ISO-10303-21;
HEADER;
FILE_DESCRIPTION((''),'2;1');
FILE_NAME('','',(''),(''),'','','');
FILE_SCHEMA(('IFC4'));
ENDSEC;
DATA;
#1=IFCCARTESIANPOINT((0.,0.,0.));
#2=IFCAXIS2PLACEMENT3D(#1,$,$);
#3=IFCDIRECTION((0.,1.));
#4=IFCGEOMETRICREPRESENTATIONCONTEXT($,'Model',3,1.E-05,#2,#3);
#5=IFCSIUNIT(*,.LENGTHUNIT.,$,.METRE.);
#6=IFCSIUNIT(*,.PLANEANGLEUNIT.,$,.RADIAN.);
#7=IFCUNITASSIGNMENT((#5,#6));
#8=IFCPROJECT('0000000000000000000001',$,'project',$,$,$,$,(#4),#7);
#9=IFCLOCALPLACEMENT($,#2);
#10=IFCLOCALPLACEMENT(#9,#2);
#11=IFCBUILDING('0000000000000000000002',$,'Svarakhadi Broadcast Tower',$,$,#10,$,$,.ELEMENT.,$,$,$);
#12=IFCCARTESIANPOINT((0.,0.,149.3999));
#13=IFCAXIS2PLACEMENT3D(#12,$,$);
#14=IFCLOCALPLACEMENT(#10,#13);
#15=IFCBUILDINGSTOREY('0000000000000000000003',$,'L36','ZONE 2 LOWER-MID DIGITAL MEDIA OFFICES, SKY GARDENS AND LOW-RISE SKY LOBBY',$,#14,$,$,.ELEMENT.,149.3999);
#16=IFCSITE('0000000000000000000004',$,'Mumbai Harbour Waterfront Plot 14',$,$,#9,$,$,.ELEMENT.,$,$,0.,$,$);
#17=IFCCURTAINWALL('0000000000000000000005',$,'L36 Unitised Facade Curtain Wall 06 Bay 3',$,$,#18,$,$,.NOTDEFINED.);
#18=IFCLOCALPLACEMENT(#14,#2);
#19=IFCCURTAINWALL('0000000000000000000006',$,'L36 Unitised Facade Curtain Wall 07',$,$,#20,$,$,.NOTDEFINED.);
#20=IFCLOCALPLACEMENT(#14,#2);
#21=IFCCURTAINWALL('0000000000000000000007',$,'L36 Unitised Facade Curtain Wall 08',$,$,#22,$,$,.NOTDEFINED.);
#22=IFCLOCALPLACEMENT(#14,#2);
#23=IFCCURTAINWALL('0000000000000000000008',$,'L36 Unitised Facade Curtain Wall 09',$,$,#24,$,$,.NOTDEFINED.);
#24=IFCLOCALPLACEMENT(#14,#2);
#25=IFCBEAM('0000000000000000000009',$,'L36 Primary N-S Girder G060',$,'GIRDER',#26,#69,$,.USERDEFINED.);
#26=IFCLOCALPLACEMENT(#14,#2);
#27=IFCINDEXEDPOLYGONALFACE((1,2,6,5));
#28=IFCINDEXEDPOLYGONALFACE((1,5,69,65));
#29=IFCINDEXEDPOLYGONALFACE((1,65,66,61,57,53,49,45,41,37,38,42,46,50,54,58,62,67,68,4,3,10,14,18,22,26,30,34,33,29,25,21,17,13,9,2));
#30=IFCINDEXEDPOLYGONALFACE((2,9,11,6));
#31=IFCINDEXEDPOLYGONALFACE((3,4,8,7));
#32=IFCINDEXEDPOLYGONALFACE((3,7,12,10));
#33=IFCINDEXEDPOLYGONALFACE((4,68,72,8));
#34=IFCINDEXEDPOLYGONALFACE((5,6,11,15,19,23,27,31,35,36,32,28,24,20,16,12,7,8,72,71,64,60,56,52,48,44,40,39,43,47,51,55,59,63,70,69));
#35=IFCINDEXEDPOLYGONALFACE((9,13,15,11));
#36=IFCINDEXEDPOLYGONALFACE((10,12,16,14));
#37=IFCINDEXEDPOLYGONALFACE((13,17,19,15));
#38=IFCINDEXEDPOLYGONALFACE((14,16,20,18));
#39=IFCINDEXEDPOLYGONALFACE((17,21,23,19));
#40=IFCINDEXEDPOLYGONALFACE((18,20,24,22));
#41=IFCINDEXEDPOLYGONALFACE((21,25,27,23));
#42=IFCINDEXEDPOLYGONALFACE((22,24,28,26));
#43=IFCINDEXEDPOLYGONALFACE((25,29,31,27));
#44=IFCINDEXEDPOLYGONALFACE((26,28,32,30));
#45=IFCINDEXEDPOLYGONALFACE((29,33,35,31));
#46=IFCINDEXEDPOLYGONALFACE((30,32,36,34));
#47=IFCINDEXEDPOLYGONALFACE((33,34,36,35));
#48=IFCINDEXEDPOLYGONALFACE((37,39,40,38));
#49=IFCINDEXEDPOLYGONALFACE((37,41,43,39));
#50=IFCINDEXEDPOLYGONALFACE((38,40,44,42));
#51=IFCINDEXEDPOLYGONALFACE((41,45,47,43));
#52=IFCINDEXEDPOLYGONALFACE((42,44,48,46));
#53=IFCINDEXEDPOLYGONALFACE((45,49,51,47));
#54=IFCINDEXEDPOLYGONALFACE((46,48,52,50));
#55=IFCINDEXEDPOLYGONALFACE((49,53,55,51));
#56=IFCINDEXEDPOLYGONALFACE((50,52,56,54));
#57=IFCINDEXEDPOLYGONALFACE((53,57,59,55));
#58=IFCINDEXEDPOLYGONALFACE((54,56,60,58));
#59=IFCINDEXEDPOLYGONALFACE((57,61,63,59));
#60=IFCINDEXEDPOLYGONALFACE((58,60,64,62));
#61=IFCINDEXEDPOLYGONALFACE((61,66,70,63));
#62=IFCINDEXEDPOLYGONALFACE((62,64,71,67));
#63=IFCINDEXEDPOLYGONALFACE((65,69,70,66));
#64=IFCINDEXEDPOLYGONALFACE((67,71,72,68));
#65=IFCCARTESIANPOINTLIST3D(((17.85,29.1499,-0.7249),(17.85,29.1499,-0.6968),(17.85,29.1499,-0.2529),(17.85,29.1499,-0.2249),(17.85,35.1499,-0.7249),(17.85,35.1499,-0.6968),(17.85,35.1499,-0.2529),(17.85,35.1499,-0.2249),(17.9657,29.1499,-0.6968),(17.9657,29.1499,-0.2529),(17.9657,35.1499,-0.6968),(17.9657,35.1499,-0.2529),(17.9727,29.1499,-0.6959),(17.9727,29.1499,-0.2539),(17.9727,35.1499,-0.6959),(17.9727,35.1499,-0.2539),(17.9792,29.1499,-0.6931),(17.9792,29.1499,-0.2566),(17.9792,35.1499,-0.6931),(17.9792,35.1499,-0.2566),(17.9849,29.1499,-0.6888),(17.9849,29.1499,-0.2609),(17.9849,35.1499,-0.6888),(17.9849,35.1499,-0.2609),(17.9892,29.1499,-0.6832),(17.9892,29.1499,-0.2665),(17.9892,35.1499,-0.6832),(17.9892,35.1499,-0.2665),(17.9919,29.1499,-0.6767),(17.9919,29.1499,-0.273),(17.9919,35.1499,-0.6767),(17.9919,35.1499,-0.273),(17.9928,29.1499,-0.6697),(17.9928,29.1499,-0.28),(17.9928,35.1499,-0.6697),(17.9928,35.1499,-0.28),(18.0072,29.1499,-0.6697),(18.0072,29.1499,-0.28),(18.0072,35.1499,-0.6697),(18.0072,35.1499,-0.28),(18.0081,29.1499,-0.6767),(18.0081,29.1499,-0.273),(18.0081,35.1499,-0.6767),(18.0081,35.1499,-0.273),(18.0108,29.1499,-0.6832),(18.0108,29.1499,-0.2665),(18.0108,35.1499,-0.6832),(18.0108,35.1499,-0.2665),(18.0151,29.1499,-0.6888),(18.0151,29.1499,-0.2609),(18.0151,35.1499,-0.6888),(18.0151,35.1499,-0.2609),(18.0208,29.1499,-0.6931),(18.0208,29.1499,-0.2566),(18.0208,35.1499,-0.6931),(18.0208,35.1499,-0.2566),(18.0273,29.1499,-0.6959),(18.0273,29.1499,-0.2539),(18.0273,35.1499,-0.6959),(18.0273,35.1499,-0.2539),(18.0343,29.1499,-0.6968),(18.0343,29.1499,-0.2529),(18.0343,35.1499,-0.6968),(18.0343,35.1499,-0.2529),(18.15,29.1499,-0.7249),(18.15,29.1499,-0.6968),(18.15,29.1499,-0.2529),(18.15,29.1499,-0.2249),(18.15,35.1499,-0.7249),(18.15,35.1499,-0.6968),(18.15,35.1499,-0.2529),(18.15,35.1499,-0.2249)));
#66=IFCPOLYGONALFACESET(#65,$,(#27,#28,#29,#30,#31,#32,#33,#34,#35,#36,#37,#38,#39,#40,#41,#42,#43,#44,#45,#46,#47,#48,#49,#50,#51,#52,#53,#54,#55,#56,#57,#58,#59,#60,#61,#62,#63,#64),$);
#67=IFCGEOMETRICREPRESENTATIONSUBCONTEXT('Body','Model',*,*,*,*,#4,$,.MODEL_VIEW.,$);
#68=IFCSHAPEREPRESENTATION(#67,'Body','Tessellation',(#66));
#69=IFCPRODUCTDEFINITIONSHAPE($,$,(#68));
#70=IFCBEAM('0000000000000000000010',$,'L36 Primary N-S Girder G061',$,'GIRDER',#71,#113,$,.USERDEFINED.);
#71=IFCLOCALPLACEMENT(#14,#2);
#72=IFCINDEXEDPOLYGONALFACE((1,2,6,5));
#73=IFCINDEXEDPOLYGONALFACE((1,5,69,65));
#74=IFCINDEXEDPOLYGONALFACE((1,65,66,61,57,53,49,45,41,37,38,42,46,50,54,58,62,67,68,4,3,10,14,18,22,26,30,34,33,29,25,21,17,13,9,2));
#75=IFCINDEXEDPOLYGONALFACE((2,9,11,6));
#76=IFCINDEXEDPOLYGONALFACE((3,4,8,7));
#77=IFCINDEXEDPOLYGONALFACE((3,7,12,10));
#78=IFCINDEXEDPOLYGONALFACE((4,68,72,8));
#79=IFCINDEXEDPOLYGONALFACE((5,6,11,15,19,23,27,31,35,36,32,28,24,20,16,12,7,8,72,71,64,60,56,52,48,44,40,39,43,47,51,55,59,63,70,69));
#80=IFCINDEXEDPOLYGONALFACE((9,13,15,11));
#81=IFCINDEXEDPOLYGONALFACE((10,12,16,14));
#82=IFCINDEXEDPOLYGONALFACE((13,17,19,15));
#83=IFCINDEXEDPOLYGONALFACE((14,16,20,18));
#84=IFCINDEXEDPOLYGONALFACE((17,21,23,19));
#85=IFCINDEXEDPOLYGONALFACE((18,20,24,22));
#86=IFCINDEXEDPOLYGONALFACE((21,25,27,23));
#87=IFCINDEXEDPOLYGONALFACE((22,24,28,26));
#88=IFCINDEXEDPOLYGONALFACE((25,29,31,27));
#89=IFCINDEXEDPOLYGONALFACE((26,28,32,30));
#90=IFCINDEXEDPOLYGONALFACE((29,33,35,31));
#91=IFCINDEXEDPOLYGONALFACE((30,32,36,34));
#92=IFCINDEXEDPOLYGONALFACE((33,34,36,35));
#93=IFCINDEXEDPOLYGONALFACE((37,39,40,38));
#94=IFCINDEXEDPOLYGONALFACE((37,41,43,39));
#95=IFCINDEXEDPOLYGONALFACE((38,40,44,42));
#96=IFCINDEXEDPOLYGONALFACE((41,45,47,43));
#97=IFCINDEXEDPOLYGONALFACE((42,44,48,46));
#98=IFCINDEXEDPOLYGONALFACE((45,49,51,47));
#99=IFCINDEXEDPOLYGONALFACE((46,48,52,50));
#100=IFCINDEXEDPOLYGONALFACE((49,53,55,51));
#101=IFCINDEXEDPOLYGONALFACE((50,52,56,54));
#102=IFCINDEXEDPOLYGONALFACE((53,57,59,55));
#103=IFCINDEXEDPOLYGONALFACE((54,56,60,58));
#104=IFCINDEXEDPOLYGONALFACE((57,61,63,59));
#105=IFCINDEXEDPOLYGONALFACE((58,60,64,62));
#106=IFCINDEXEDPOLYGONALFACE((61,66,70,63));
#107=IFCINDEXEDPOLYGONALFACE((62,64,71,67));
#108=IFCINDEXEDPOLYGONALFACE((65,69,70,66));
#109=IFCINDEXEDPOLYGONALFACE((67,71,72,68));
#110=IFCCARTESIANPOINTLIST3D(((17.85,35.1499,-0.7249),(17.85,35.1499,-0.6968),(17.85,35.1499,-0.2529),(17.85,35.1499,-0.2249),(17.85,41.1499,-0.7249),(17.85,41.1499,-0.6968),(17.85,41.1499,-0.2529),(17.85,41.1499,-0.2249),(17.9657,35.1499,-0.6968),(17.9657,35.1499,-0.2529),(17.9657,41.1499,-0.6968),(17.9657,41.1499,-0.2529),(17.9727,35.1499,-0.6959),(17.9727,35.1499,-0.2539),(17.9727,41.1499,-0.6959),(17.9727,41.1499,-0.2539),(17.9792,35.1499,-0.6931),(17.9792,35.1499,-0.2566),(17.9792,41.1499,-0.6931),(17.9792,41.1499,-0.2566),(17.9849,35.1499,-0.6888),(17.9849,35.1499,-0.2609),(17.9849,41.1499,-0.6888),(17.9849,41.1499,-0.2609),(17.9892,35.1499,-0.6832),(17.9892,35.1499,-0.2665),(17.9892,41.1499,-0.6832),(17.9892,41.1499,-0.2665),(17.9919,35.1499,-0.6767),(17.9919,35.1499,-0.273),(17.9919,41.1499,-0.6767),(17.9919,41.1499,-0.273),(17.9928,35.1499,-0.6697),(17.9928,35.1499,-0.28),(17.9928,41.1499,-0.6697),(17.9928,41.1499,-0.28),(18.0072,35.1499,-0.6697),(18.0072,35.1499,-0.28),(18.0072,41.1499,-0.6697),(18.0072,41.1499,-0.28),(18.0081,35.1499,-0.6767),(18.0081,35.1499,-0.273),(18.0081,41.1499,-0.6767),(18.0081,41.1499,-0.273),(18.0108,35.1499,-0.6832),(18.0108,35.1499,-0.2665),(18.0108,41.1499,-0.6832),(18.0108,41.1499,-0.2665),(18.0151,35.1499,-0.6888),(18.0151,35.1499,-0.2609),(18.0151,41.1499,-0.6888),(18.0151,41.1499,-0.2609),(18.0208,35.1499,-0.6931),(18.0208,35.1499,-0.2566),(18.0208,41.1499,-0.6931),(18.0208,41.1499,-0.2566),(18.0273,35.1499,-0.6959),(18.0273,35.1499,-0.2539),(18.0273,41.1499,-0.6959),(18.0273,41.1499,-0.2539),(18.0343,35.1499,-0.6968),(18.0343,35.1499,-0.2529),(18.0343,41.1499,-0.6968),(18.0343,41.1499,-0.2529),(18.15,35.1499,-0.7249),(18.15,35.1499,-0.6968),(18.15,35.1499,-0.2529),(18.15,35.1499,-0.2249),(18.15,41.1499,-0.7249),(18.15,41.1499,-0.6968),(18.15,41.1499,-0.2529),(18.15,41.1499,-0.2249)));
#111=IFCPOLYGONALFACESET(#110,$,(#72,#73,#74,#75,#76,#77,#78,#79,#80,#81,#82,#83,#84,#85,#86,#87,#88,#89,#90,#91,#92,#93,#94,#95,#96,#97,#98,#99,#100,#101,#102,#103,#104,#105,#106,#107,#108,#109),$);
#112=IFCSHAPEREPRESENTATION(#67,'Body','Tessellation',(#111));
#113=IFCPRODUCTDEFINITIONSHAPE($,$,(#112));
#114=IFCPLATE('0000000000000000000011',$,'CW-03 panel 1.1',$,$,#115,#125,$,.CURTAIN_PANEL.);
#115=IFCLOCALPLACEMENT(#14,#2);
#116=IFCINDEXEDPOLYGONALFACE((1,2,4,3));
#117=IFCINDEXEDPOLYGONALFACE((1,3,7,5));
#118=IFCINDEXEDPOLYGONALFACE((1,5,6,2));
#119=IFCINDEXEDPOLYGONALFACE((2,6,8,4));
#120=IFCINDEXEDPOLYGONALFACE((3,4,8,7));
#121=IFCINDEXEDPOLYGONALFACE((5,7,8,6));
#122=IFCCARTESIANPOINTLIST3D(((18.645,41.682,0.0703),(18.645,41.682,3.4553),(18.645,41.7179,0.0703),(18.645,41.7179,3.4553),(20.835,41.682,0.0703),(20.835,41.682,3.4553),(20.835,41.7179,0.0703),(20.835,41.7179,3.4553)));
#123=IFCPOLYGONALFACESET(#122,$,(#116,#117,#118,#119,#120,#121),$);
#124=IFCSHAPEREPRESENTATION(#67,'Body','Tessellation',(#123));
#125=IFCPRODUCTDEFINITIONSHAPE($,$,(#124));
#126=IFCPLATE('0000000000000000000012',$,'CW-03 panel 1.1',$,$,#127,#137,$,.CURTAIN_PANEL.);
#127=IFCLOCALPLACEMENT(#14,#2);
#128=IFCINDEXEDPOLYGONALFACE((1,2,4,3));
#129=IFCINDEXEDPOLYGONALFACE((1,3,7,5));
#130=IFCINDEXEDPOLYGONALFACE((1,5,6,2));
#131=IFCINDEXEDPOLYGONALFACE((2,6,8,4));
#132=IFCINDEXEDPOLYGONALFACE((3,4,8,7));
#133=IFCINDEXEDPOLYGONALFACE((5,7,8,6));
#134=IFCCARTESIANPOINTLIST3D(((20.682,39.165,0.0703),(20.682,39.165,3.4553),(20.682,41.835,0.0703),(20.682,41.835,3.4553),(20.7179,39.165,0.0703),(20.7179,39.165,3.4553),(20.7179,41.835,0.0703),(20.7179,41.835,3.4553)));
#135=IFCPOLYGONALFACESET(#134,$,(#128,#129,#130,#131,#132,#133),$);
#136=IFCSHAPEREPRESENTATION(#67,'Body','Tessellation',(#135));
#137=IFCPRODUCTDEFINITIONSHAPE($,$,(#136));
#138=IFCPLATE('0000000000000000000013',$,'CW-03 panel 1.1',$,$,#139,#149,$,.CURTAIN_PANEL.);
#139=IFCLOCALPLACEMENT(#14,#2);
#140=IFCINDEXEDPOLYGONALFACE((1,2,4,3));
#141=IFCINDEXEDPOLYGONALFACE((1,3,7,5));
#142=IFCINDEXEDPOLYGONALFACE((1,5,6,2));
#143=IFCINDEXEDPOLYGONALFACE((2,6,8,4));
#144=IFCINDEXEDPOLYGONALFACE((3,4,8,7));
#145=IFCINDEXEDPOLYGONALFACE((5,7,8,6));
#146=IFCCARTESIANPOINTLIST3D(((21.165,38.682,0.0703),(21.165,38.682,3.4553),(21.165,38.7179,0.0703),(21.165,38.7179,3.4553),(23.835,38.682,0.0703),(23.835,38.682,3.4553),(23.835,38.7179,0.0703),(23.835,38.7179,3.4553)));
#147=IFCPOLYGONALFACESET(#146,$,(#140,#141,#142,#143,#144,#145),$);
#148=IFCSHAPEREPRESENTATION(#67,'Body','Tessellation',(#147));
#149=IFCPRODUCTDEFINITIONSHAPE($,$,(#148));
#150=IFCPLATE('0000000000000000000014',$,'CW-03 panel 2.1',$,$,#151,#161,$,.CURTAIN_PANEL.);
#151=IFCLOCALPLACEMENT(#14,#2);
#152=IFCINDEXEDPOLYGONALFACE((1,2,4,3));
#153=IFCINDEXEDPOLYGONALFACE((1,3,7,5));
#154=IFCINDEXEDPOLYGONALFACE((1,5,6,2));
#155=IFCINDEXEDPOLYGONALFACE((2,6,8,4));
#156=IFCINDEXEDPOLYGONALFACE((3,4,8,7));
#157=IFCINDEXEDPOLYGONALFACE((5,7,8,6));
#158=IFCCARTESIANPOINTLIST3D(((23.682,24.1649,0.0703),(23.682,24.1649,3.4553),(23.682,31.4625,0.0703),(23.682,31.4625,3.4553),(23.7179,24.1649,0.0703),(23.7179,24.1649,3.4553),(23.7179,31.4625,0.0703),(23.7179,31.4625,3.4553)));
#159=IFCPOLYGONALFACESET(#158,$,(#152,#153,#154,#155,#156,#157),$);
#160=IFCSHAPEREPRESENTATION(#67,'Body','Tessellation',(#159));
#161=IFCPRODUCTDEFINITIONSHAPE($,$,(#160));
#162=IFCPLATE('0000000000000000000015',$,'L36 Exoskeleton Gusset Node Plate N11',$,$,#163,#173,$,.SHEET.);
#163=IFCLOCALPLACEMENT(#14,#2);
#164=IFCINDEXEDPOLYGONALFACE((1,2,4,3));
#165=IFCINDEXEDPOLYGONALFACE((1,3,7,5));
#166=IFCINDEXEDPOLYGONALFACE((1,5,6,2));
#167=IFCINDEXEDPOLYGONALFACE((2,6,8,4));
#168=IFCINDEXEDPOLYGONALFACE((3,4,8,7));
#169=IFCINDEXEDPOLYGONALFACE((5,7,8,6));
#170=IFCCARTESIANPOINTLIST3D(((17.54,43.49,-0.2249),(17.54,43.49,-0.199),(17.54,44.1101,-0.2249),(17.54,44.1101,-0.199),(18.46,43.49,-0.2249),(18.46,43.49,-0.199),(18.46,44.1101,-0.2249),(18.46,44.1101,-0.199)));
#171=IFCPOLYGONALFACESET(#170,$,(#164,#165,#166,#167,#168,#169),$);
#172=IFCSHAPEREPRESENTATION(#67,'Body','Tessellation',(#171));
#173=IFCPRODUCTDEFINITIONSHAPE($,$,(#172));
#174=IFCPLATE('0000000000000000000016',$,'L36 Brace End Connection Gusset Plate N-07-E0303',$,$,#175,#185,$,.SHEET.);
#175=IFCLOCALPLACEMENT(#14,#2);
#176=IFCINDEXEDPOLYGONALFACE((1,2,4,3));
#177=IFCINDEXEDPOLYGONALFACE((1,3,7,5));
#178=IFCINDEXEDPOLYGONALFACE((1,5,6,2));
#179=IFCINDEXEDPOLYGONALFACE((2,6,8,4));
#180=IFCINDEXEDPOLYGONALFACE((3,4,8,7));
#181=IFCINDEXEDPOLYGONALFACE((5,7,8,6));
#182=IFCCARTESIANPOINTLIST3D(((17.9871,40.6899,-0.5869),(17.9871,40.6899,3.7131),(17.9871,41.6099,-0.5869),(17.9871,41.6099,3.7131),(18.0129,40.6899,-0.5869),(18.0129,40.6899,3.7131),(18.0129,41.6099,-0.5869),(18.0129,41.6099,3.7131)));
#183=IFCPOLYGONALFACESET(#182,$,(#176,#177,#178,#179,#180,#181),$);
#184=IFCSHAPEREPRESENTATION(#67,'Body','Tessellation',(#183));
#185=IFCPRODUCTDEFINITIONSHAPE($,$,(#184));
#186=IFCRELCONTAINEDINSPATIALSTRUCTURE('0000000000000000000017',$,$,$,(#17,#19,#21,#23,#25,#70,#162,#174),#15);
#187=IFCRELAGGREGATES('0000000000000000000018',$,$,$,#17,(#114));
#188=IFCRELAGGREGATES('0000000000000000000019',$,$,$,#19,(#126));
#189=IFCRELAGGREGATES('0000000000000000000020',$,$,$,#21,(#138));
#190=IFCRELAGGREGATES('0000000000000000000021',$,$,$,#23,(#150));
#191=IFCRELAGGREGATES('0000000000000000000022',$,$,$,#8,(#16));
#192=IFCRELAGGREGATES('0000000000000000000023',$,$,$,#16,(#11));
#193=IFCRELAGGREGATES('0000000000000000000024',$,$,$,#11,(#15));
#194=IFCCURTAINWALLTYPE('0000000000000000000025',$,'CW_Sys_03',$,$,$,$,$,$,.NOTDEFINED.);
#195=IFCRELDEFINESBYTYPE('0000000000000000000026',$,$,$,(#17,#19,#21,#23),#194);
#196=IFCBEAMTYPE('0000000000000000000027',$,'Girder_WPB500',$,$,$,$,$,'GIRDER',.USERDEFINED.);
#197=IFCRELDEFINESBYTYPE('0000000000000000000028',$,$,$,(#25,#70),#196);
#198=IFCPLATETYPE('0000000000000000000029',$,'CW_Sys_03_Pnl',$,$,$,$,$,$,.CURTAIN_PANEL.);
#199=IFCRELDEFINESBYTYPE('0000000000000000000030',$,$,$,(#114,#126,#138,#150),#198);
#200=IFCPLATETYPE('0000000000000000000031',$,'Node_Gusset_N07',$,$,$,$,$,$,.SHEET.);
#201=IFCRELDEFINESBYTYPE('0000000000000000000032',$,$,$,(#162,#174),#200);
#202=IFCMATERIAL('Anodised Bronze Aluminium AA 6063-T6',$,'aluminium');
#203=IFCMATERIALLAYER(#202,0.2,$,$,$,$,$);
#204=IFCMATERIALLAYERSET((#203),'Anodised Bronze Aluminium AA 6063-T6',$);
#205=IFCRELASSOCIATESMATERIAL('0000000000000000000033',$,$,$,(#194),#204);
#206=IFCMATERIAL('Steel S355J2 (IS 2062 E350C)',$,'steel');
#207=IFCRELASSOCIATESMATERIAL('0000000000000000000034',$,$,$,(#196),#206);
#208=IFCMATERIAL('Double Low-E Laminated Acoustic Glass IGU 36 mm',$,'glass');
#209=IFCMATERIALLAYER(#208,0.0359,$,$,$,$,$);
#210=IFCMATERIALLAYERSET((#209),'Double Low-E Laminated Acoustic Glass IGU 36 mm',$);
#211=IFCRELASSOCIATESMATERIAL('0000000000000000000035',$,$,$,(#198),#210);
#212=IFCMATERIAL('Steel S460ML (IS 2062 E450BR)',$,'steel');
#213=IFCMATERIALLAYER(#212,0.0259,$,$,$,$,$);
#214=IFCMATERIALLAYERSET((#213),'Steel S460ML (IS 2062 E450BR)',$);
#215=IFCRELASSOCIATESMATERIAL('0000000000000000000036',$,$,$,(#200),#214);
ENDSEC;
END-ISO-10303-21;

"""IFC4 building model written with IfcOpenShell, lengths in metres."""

from ifc_helpers import new_model, si_unit, direction, frame, origin, origin_2d, place, context, subcontext, project, spatial, rectangle, i_section, extrude, material, layer, layer_set, material_profile, profile_set, type_object, element, aggregate, save


model = new_model("IFC4")

# Units and contexts
model_context = context("Model", 3, precision=1e-05, world=origin(), true_north=direction((0.0, 1.0)))
body_context = subcontext(model_context, "Body", "Model", "MODEL_VIEW")
ifc_project = project(units=[si_unit("LENGTHUNIT", "METRE"), si_unit("PLANEANGLEUNIT", "RADIAN")], contexts=[model_context])

# Site, building, storey
site_placement = place(None, origin())
site = spatial("IfcSite", under=ifc_project, at=site_placement, Name="Mumbai Harbour Waterfront Plot 14", CompositionType="ELEMENT", RefElevation=0.0)
building_placement = place(site_placement, origin())
building = spatial("IfcBuilding", under=site, at=building_placement, Name="Svarakhadi Broadcast Tower", CompositionType="ELEMENT")
storey_placement = place(building_placement, frame((0.0, 0.0, 149.3999)))
storey = spatial("IfcBuildingStorey", under=building, at=storey_placement, Name="L36", Description="ZONE 2 LOWER-MID DIGITAL MEDIA OFFICES, SKY GARDENS AND LOW-RISE SKY LOBBY", CompositionType="ELEMENT", Elevation=149.3999)

# Curtain walls
ifc_material_1 = material(Name="Anodised Bronze Aluminium AA 6063-T6", Category="aluminium")
ifc_layer_1 = layer(ifc_material_1, 0.2)
ifc_layer_set_1 = layer_set([ifc_layer_1], Name="Anodised Bronze Aluminium AA 6063-T6")
curtain_wall_type = type_object("IfcCurtainWallType", Name="CW_Sys_03", PredefinedType="NOTDEFINED", material=ifc_layer_set_1)
curtain_wall_1_placement = place(storey_placement, origin())
curtain_wall_1 = element("IfcCurtainWall", 1, at=curtain_wall_1_placement, inside=storey, type_object=curtain_wall_type, Name="L36 Unitised Facade Curtain Wall 06 Bay 3", PredefinedType="NOTDEFINED")
curtain_wall_2_placement = place(storey_placement, origin())
curtain_wall_2 = element("IfcCurtainWall", 2, at=curtain_wall_2_placement, inside=storey, type_object=curtain_wall_type, Name="L36 Unitised Facade Curtain Wall 07", PredefinedType="NOTDEFINED")

# Curtain walls
curtain_wall_3_placement = place(storey_placement, origin())
curtain_wall_3 = element("IfcCurtainWall", 3, at=curtain_wall_3_placement, inside=storey, type_object=curtain_wall_type, Name="L36 Unitised Facade Curtain Wall 08", PredefinedType="NOTDEFINED")
curtain_wall_4_placement = place(storey_placement, origin())
curtain_wall_4 = element("IfcCurtainWall", 4, at=curtain_wall_4_placement, inside=storey, type_object=curtain_wall_type, Name="L36 Unitised Facade Curtain Wall 09", PredefinedType="NOTDEFINED")

# Shared definitions
ifc_material_2 = material(Name="Steel S460ML (IS 2062 E450BR)", Category="steel")

# Beams
ifc_material_3 = material(Name="Steel S355J2 (IS 2062 E350C)", Category="steel")
ifc_material_profile_1 = material_profile(ifc_material_3, i_section(OverallWidth=0.3, OverallDepth=0.5, WebThickness=0.0144, FlangeThickness=0.0281, FilletRadius=0.0271, at=origin_2d()), Name="WPB 500x300x187")
ifc_profile_set_1 = profile_set([ifc_material_profile_1], Name="Steel S355J2 (IS 2062 E350C)")
beam_type = type_object("IfcBeamType", Name="Girder_WPB500", ElementType="GIRDER", PredefinedType="USERDEFINED", material=ifc_profile_set_1)
for number, where, z_axis, x_axis, name in (
    (5, (18.0, 29.1499, -0.4749), (0.0, 1.0, 0.0), (-1.0, 0.0, 0.0), "L36 Primary N-S Girder G060"),
    (6, (18.0, 35.1499, -0.4749), (0.0, 1.0, 0.0), (-1.0, 0.0, 0.0), "L36 Primary N-S Girder G061"),
):
    element("IfcBeam", number, at=place(storey_placement, frame(where, z_axis=z_axis, x_axis=x_axis)), inside=storey, type_object=beam_type, Name=name, ObjectType="GIRDER", PredefinedType="USERDEFINED", context=body_context, shape_type="SweptSolid", body=[
        extrude(i_section(OverallWidth=0.3, OverallDepth=0.5, WebThickness=0.0144, FlangeThickness=0.0281, FilletRadius=0.0271, at=origin_2d()), origin(), (0.0, 0.0, 1.0), 6.0),
    ])

# Plates
ifc_material_4 = material(Name="Double Low-E Laminated Acoustic Glass IGU 36 mm", Category="glass")
ifc_layer_2 = layer(ifc_material_4, 0.0359)
ifc_layer_set_2 = layer_set([ifc_layer_2], Name="Double Low-E Laminated Acoustic Glass IGU 36 mm")
plate_type_1 = type_object("IfcPlateType", Name="CW_Sys_03_Pnl", PredefinedType="CURTAIN_PANEL", material=ifc_layer_set_2)
plate_1_placement = place(storey_placement, frame((19.74, 41.7, 0.0703), z_axis=(0.0, 0.0, 1.0), x_axis=(1.0, 0.0, 0.0)))
plate_1 = element("IfcPlate", 7, at=plate_1_placement, type_object=plate_type_1, Name="CW-03 panel 1.1", PredefinedType="CURTAIN_PANEL", context=body_context, shape_type="SweptSolid", body=[
    extrude(rectangle(XDim=2.1899, YDim=0.0359, at=origin_2d()), origin(), (0.0, 0.0, 1.0), 3.385),
])
aggregate(curtain_wall_1, [plate_1])
plate_2_placement = place(storey_placement, frame((20.7, 40.5, 0.0703), z_axis=(0.0, 0.0, 1.0), x_axis=(0.0, -1.0, 0.0)))
plate_2 = element("IfcPlate", 8, at=plate_2_placement, type_object=plate_type_1, Name="CW-03 panel 1.1", PredefinedType="CURTAIN_PANEL", context=body_context, shape_type="SweptSolid", body=[
    extrude(rectangle(XDim=2.6699, YDim=0.0359, at=origin_2d()), origin(), (0.0, 0.0, 1.0), 3.385),
])
aggregate(curtain_wall_2, [plate_2])
plate_3_placement = place(storey_placement, frame((22.5, 38.7, 0.0703), z_axis=(0.0, 0.0, 1.0), x_axis=(1.0, 0.0, 0.0)))
plate_3 = element("IfcPlate", 9, at=plate_3_placement, type_object=plate_type_1, Name="CW-03 panel 1.1", PredefinedType="CURTAIN_PANEL", context=body_context, shape_type="SweptSolid", body=[
    extrude(rectangle(XDim=2.6699, YDim=0.0359, at=origin_2d()), origin(), (0.0, 0.0, 1.0), 3.385),
])
aggregate(curtain_wall_3, [plate_3])
plate_4_placement = place(storey_placement, frame((23.7, 27.8137, 0.0703), z_axis=(0.0, 0.0, 1.0), x_axis=(0.0, -1.0, 0.0)))
plate_4 = element("IfcPlate", 10, at=plate_4_placement, type_object=plate_type_1, Name="CW-03 panel 2.1", PredefinedType="CURTAIN_PANEL", context=body_context, shape_type="SweptSolid", body=[
    extrude(rectangle(XDim=7.2976, YDim=0.0359, at=origin_2d()), origin(), (0.0, 0.0, 1.0), 3.385),
])
aggregate(curtain_wall_4, [plate_4])

# Plates
ifc_layer_3 = layer(ifc_material_2, 0.0259)
ifc_layer_set_3 = layer_set([ifc_layer_3], Name="Steel S460ML (IS 2062 E450BR)")
plate_type_2 = type_object("IfcPlateType", Name="Node_Gusset_N07", PredefinedType="SHEET", material=ifc_layer_set_3)
plate_5_placement = place(storey_placement, frame((18.0, 43.8, -0.2249), z_axis=(0.0, 0.0, 1.0), x_axis=(1.0, 0.0, 0.0)))
element("IfcPlate", 11, at=plate_5_placement, inside=storey, type_object=plate_type_2, Name="L36 Exoskeleton Gusset Node Plate N11", PredefinedType="SHEET", context=body_context, shape_type="SweptSolid", body=[
    extrude(rectangle(XDim=0.9199, YDim=0.6201, at=origin_2d()), origin(), (0.0, 0.0, 1.0), 0.0259),
])
plate_6_placement = place(storey_placement, frame((18.0, 41.1499, -0.5869), z_axis=(0.0, 0.0, 1.0), x_axis=(0.0, 1.0, 0.0)))
element("IfcPlate", 12, at=plate_6_placement, inside=storey, type_object=plate_type_2, Name="L36 Brace End Connection Gusset Plate N-07-E0303", PredefinedType="SHEET", context=body_context, shape_type="SweptSolid", body=[
    extrude(rectangle(XDim=0.9199, YDim=0.0259, at=origin_2d()), origin(), (0.0, 0.0, 1.0), 4.3),
])

save(model, "model.ifc")
